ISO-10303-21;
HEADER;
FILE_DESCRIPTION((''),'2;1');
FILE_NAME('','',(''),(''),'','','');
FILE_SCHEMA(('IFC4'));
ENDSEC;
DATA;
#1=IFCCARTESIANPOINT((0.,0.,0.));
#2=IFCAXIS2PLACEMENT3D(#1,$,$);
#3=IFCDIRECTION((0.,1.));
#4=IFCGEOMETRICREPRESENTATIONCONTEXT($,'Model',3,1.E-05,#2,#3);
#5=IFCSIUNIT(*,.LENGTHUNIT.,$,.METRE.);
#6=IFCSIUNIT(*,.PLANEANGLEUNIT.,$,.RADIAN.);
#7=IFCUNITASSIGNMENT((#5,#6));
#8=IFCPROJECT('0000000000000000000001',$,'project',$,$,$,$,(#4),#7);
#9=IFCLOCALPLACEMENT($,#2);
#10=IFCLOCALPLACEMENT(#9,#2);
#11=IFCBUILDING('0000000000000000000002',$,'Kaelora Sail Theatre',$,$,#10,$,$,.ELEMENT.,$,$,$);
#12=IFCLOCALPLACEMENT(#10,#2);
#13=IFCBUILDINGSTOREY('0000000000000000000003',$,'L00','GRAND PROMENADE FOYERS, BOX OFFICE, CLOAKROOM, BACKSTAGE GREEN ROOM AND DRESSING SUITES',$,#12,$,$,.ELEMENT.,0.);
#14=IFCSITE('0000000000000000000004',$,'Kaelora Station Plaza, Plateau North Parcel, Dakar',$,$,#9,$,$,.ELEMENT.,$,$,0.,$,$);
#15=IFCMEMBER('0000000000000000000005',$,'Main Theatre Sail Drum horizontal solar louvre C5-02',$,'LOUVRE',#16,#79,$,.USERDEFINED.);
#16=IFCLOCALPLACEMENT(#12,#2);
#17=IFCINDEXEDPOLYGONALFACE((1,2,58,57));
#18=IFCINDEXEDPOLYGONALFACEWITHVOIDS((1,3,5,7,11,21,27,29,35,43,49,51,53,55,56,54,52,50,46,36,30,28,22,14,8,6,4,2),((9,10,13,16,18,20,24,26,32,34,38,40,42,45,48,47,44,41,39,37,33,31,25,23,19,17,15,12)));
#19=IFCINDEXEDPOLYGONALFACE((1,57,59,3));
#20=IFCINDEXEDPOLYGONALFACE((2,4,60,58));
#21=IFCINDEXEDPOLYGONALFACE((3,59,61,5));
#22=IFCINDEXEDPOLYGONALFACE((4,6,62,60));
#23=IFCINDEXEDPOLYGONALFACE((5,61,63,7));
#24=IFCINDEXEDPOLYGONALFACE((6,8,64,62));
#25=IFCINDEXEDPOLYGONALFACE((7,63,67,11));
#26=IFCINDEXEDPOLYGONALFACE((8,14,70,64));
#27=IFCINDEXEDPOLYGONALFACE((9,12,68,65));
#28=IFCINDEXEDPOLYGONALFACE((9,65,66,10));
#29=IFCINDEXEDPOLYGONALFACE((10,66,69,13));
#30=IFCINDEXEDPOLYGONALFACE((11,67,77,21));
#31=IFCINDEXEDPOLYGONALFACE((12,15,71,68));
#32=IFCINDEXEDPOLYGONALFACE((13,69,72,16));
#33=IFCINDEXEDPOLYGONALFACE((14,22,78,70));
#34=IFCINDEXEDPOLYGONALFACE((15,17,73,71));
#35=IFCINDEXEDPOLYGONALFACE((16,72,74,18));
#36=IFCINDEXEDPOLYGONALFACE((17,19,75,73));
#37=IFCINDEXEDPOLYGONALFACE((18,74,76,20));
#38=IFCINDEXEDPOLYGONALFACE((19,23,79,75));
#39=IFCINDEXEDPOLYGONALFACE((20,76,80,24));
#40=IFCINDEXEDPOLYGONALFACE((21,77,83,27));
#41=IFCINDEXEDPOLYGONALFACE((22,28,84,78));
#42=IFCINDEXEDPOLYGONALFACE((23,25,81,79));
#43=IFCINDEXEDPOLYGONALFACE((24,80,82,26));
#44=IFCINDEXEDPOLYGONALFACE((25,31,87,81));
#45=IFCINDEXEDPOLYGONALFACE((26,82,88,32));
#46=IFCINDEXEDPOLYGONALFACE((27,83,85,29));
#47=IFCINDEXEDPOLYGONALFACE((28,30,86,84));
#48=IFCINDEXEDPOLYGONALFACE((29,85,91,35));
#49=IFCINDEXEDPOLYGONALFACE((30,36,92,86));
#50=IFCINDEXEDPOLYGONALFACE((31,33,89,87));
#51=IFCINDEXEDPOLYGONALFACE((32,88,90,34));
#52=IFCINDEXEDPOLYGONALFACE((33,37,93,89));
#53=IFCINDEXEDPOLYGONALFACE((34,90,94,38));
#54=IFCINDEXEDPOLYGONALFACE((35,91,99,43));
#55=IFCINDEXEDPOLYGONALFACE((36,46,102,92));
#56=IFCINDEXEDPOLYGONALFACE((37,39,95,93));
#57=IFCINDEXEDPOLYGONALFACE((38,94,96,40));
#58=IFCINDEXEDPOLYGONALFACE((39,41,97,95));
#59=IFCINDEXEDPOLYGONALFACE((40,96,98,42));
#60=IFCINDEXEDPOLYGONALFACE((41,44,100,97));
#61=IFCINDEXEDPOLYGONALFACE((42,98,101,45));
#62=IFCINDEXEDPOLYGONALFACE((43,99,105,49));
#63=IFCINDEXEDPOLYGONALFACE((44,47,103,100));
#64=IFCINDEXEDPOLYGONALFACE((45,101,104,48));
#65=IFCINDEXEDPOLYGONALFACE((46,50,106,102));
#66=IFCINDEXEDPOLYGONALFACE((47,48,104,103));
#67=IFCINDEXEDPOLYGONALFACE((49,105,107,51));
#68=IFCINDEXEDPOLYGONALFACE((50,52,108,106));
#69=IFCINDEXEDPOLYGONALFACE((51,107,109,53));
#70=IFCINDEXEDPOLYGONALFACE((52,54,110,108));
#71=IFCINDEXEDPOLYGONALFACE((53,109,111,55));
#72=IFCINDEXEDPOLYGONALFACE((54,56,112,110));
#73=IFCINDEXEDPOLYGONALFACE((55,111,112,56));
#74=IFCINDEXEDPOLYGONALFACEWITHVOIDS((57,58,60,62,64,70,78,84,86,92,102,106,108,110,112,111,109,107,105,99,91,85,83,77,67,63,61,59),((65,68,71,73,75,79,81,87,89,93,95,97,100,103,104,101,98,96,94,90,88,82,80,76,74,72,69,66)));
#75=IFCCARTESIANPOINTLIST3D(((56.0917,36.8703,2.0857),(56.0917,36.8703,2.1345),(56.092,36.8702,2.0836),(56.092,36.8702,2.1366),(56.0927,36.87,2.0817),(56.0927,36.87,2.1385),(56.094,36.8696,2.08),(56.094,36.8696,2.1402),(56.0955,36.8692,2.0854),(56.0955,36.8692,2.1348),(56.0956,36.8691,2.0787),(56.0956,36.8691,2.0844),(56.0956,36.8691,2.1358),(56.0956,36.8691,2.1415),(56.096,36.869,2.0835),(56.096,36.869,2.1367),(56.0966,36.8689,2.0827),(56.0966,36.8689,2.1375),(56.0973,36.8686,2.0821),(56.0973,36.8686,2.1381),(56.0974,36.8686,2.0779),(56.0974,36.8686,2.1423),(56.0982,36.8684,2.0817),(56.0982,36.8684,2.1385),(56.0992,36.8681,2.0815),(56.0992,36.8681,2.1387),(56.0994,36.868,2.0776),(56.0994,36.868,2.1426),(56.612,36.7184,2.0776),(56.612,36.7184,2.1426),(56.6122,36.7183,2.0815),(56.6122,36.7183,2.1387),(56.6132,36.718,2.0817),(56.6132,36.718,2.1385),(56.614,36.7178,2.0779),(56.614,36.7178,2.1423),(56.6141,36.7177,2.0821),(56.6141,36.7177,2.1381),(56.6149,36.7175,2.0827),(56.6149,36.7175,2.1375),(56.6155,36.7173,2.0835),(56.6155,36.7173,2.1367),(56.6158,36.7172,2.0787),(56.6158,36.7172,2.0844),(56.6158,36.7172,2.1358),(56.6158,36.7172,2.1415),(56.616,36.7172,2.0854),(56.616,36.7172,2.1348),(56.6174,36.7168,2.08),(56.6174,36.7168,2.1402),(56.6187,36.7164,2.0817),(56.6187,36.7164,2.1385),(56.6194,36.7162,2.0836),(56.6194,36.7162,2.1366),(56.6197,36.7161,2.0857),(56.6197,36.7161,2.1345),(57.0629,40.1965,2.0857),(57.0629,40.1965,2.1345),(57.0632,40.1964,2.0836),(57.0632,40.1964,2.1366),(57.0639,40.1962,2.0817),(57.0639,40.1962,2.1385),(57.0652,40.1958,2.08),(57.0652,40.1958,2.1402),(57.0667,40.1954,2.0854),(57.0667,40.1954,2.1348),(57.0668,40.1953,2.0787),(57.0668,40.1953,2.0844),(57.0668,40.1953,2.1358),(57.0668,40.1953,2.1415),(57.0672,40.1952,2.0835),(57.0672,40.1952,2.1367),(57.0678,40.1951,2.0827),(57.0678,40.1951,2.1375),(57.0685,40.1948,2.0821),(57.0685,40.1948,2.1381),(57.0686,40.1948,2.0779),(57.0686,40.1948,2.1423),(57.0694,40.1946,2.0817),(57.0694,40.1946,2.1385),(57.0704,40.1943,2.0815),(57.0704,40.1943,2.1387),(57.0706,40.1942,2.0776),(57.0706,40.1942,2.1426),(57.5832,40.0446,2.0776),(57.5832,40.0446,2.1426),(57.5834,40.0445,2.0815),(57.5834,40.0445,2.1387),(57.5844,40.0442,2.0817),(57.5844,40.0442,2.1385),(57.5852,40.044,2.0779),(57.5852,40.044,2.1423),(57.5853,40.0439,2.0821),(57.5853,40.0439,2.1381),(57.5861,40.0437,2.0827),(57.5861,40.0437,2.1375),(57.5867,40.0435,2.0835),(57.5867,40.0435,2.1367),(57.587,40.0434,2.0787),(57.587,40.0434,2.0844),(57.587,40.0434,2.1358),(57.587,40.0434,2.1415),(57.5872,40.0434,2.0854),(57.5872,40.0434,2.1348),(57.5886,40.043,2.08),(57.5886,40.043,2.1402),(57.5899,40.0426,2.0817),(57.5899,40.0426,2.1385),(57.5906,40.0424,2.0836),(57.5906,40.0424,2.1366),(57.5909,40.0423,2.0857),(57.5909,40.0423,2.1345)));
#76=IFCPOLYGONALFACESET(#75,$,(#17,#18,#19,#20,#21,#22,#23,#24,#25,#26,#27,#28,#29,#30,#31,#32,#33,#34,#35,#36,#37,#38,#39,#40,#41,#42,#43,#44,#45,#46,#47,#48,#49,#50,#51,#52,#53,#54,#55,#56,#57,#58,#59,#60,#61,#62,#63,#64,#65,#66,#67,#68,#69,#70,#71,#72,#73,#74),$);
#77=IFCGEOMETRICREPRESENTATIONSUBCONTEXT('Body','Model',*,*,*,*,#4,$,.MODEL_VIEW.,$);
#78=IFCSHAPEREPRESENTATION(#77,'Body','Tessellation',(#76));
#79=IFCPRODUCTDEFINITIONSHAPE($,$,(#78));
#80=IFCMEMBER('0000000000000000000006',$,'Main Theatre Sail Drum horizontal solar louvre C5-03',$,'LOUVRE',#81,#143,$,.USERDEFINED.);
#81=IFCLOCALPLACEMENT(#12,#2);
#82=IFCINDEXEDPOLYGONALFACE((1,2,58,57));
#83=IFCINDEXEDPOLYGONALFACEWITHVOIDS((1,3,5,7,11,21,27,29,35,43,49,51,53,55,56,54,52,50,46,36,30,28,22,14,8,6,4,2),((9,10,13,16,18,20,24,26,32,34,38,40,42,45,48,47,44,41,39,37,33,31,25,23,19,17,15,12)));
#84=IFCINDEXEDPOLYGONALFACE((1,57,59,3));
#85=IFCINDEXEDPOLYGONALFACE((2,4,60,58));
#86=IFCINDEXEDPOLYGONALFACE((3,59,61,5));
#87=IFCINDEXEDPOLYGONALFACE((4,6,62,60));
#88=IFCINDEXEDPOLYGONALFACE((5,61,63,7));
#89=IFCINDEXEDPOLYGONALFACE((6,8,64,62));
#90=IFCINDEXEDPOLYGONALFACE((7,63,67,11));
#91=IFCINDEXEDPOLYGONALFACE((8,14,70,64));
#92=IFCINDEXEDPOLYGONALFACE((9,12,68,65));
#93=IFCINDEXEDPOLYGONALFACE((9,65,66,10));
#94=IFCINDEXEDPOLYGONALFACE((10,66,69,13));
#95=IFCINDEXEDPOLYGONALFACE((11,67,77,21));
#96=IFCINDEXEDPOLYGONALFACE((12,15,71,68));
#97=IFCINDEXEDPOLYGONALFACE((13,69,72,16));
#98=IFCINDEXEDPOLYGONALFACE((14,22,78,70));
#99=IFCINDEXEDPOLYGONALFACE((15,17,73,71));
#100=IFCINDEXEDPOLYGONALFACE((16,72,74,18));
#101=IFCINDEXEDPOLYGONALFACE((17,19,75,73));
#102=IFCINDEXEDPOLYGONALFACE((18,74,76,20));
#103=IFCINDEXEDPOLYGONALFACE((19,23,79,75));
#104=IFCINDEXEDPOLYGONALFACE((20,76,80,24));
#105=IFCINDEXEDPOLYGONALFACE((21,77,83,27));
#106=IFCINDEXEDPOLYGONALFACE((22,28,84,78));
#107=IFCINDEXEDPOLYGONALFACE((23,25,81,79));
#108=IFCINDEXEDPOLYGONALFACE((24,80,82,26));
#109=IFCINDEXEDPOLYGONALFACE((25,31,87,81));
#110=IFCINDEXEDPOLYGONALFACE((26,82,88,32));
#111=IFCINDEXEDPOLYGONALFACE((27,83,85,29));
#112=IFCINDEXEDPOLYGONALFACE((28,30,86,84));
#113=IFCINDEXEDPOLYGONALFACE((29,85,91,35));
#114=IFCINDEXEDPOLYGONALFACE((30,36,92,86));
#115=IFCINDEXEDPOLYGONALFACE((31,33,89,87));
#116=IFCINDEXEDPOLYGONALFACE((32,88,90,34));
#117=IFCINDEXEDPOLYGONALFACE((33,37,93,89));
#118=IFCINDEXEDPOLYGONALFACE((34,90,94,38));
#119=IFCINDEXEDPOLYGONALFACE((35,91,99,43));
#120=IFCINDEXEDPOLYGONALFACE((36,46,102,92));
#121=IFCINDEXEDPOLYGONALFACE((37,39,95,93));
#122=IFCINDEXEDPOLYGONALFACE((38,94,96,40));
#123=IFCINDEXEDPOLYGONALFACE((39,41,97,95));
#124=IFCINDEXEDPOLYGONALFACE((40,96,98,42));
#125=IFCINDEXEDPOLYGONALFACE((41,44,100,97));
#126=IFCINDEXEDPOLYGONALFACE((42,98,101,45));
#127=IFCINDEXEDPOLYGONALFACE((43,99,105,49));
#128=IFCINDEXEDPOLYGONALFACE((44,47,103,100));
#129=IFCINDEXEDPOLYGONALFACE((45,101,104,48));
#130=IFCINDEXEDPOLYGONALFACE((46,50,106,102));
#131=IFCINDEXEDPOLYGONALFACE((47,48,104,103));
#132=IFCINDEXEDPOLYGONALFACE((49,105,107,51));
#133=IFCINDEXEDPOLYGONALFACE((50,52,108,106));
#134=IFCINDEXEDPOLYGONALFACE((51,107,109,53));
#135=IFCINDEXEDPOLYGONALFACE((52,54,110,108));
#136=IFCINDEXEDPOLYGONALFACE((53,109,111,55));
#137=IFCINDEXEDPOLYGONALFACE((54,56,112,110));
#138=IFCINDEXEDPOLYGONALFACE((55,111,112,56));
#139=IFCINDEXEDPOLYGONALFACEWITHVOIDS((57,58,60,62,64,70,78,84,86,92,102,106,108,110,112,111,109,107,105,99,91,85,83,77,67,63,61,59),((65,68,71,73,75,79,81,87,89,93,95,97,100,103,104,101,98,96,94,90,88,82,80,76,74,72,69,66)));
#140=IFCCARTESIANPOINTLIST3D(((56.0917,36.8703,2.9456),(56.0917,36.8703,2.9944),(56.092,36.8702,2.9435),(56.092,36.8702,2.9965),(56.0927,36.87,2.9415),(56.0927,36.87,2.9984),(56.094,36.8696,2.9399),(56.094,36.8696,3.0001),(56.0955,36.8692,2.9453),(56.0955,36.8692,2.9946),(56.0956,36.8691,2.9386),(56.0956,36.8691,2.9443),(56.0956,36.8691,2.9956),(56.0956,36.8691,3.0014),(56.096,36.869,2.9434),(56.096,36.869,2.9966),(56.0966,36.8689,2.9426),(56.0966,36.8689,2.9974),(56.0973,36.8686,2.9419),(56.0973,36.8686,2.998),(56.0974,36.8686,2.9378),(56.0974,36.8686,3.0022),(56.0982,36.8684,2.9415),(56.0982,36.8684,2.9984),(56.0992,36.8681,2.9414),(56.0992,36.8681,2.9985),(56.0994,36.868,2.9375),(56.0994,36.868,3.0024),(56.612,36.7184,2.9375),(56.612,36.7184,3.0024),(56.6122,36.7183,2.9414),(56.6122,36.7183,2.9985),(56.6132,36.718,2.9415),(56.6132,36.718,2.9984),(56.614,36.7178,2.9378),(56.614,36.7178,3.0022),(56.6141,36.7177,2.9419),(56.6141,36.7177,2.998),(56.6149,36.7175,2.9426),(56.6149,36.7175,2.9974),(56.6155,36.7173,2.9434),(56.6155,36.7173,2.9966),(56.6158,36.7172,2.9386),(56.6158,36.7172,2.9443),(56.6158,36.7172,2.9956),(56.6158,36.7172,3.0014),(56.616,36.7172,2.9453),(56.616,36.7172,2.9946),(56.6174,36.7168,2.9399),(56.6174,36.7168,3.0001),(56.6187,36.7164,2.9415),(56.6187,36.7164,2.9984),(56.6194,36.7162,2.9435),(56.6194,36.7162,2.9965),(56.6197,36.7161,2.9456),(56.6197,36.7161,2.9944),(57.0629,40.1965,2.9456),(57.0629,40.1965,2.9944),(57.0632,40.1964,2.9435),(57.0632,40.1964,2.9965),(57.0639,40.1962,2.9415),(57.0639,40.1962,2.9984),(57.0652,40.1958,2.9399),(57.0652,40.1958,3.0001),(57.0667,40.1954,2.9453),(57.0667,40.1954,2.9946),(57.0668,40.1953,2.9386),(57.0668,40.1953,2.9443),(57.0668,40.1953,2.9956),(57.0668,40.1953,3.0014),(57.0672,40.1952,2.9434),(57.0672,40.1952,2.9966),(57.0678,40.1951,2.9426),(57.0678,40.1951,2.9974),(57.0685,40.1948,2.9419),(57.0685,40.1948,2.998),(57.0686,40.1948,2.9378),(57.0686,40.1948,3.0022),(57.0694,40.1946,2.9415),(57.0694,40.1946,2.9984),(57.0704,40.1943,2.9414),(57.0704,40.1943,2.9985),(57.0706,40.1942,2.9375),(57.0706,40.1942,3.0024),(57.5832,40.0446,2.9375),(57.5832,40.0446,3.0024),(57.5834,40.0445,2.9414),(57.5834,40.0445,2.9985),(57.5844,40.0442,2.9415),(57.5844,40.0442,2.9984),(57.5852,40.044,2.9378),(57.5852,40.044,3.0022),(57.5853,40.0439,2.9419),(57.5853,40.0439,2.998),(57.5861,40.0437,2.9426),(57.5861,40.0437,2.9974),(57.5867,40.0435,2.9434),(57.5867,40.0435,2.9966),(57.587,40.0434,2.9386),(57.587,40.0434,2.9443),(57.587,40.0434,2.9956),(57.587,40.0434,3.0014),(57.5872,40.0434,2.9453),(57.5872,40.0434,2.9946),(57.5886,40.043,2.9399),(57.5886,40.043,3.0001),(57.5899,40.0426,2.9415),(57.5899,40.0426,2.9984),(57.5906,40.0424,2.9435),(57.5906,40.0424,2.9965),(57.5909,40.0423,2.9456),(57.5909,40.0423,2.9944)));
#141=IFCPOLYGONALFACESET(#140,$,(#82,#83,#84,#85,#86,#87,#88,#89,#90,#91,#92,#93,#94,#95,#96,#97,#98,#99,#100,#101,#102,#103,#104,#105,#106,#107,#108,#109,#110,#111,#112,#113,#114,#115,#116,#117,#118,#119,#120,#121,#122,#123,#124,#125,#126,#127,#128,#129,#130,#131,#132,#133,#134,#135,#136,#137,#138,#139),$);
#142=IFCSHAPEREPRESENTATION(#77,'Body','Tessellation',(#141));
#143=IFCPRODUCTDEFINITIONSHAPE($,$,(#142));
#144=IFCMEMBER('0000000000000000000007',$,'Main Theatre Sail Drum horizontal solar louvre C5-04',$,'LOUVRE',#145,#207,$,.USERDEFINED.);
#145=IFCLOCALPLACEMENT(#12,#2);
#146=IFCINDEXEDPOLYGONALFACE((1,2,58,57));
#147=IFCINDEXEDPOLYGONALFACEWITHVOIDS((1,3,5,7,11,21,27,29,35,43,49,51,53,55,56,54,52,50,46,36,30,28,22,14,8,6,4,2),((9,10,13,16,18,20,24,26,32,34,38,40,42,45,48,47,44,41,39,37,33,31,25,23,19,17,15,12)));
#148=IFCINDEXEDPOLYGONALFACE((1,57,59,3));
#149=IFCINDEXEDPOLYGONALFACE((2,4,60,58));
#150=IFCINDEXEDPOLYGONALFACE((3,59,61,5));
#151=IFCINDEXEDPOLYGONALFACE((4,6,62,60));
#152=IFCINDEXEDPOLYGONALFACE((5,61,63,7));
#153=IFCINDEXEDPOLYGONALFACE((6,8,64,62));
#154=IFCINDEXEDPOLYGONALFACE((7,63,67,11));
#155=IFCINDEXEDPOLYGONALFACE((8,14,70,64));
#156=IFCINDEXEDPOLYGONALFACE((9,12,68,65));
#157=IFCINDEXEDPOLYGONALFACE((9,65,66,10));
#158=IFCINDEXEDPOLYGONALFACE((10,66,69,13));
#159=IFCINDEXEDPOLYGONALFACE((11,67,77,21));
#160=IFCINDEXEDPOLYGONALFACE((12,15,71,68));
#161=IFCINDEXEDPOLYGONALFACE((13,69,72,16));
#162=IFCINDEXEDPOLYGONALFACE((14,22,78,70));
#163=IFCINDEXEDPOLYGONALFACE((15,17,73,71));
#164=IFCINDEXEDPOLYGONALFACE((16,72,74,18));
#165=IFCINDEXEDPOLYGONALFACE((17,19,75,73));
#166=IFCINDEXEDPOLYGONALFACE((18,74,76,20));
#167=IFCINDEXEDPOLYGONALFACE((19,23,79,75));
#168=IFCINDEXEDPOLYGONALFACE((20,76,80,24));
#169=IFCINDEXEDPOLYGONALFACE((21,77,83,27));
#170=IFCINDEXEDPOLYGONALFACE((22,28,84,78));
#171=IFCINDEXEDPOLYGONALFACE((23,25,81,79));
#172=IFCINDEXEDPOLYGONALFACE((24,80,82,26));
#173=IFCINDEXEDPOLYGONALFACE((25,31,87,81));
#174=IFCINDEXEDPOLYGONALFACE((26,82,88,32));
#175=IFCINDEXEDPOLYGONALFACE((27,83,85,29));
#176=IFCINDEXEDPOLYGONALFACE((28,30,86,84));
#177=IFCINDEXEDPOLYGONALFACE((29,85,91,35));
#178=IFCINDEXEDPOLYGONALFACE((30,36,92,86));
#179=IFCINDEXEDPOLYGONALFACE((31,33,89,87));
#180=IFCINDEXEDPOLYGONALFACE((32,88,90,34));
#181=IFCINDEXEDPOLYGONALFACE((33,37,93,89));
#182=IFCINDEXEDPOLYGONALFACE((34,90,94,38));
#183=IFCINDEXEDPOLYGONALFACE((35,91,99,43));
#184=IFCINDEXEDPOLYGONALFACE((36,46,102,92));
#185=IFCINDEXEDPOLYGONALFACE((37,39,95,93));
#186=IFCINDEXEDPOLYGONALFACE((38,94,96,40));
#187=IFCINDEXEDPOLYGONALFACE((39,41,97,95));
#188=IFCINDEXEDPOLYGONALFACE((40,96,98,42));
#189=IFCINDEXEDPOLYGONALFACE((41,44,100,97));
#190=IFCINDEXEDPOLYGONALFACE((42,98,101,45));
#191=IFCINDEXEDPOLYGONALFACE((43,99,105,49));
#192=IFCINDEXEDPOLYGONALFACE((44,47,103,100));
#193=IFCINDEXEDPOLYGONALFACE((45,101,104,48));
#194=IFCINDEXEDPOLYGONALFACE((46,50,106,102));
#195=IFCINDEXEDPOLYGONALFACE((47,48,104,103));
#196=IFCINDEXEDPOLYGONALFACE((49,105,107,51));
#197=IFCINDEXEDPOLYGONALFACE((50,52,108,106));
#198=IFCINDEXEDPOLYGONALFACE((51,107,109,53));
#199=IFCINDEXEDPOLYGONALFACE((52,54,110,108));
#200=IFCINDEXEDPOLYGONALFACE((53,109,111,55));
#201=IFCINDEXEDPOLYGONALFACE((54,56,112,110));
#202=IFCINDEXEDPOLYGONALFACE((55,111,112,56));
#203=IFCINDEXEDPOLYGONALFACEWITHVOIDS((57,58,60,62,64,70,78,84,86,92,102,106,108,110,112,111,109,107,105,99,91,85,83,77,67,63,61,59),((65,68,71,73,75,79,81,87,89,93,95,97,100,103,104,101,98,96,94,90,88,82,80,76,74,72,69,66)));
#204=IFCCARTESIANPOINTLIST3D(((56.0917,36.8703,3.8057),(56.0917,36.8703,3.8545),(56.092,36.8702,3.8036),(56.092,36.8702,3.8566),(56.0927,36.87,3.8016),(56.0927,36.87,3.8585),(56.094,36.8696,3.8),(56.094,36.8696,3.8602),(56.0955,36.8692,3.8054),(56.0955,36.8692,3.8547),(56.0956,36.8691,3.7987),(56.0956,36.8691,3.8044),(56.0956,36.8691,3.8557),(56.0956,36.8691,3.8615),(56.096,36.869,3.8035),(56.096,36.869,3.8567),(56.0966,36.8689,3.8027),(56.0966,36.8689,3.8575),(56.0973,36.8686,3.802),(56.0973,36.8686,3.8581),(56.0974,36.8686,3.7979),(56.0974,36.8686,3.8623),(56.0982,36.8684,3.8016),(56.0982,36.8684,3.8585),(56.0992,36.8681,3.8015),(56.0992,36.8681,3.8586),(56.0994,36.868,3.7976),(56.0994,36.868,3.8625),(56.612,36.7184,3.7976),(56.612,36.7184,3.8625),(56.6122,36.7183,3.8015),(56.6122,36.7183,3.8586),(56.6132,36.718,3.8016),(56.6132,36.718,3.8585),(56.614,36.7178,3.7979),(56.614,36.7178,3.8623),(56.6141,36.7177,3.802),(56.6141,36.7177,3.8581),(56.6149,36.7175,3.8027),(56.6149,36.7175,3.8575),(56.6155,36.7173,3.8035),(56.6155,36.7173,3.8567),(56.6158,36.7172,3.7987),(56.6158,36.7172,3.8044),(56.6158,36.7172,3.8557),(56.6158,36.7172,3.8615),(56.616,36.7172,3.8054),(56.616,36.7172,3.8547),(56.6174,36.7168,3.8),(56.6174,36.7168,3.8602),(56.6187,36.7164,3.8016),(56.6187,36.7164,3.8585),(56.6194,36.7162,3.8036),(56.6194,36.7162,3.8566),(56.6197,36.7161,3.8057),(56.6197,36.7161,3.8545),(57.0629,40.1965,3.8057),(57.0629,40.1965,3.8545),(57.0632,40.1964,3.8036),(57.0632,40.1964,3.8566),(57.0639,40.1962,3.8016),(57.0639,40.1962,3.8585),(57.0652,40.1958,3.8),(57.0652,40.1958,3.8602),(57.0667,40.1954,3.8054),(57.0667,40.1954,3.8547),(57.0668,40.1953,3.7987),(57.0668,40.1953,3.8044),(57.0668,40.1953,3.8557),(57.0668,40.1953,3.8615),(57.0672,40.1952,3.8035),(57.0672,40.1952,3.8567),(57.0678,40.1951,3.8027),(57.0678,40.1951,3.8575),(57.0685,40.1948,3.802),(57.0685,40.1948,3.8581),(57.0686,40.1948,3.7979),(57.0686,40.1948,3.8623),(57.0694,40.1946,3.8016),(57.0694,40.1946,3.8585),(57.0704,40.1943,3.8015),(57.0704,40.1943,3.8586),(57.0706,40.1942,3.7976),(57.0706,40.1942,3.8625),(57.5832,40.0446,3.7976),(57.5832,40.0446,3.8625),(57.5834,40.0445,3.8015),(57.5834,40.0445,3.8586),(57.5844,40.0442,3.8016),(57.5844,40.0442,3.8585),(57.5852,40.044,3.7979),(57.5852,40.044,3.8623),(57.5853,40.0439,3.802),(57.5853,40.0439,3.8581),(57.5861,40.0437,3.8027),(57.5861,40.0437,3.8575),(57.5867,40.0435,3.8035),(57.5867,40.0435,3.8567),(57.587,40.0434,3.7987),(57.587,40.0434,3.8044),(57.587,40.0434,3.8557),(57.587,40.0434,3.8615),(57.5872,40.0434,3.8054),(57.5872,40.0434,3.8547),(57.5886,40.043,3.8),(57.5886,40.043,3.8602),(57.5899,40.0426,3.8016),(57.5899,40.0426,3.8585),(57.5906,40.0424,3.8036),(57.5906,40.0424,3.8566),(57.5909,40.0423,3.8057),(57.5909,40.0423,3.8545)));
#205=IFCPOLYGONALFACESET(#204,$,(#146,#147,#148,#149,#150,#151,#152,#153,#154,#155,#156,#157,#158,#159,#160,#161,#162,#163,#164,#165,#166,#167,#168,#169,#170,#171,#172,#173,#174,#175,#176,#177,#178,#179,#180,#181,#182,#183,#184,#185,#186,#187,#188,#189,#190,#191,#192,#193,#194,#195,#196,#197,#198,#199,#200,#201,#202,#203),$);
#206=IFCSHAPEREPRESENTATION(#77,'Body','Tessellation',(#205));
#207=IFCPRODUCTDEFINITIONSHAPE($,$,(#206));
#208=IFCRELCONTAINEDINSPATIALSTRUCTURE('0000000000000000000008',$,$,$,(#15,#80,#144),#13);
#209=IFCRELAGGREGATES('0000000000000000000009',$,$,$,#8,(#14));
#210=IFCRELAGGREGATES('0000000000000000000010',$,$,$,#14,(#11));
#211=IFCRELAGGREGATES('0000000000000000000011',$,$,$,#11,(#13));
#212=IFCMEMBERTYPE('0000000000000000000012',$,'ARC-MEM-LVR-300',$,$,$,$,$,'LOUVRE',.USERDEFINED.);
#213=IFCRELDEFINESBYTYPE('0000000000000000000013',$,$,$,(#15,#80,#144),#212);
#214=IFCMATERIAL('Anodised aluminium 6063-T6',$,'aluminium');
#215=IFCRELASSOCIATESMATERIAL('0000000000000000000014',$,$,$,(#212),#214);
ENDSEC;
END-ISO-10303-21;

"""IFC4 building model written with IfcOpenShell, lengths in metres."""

from ifc_helpers import new_model, si_unit, direction, frame, origin, origin_2d, place, context, subcontext, project, spatial, hollow_rectangle, extrude, material, material_profile, profile_set, type_object, element, save


model = new_model("IFC4")

# Units and contexts
model_context = context("Model", 3, precision=1e-05, world=origin(), true_north=direction((0.0, 1.0)))
body_context = subcontext(model_context, "Body", "Model", "MODEL_VIEW")
ifc_project = project(units=[si_unit("LENGTHUNIT", "METRE"), si_unit("PLANEANGLEUNIT", "RADIAN")], contexts=[model_context])

# Site, building, storey
site_placement = place(None, origin())
site = spatial("IfcSite", under=ifc_project, at=site_placement, Name="Kaelora Station Plaza, Plateau North Parcel, Dakar", CompositionType="ELEMENT", RefElevation=0.0)
building_placement = place(site_placement, origin())
building = spatial("IfcBuilding", under=site, at=building_placement, Name="Kaelora Sail Theatre", CompositionType="ELEMENT")
storey_placement = place(building_placement, origin())
storey = spatial("IfcBuildingStorey", under=building, at=storey_placement, Name="L00", Description="GRAND PROMENADE FOYERS, BOX OFFICE, CLOAKROOM, BACKSTAGE GREEN ROOM AND DRESSING SUITES", CompositionType="ELEMENT", Elevation=0.0)

# Members
ifc_material_1 = material(Name="Anodised aluminium 6063-T6", Category="aluminium")
ifc_material_profile_1 = material_profile(ifc_material_1, hollow_rectangle(XDim=0.55, YDim=0.0649, WallThickness=0.0039, InnerFilletRadius=0.0039, OuterFilletRadius=0.0081, at=origin_2d()), Name="LOUVRE 550x65x4")
ifc_profile_set_1 = profile_set([ifc_material_profile_1], Name="Anodised aluminium 6063-T6")
member_type_1 = type_object("IfcMemberType", Name="ARC-MEM-LVR-300", ElementType="LOUVRE", PredefinedType="USERDEFINED", material=ifc_profile_set_1)
for number, where, z_axis, x_axis, name in (
    (1, (57.3269, 40.1194, 2.1101), (-0.280281, -0.959918, 0.0), (0.959918, -0.280281, 0.0), "Main Theatre Sail Drum horizontal solar louvre C5-02"),
    (2, (57.3269, 40.1194, 2.97), (-0.280281, -0.959918, 0.0), (0.959918, -0.280281, 0.0), "Main Theatre Sail Drum horizontal solar louvre C5-03"),
    (3, (57.3269, 40.1194, 3.8301), (-0.280281, -0.959918, 0.0), (0.959918, -0.280281, 0.0), "Main Theatre Sail Drum horizontal solar louvre C5-04"),
):
    element("IfcMember", number, at=place(storey_placement, frame(where, z_axis=z_axis, x_axis=x_axis)), inside=storey, type_object=member_type_1, Name=name, ObjectType="LOUVRE", PredefinedType="USERDEFINED", context=body_context, shape_type="SweptSolid", body=[
        extrude(hollow_rectangle(XDim=0.55, YDim=0.0649, WallThickness=0.0039, InnerFilletRadius=0.0039, OuterFilletRadius=0.0081, at=origin_2d()), origin(), (0.0, 0.0, 1.0), 3.4651),
    ])

save(model, "model.ifc")
